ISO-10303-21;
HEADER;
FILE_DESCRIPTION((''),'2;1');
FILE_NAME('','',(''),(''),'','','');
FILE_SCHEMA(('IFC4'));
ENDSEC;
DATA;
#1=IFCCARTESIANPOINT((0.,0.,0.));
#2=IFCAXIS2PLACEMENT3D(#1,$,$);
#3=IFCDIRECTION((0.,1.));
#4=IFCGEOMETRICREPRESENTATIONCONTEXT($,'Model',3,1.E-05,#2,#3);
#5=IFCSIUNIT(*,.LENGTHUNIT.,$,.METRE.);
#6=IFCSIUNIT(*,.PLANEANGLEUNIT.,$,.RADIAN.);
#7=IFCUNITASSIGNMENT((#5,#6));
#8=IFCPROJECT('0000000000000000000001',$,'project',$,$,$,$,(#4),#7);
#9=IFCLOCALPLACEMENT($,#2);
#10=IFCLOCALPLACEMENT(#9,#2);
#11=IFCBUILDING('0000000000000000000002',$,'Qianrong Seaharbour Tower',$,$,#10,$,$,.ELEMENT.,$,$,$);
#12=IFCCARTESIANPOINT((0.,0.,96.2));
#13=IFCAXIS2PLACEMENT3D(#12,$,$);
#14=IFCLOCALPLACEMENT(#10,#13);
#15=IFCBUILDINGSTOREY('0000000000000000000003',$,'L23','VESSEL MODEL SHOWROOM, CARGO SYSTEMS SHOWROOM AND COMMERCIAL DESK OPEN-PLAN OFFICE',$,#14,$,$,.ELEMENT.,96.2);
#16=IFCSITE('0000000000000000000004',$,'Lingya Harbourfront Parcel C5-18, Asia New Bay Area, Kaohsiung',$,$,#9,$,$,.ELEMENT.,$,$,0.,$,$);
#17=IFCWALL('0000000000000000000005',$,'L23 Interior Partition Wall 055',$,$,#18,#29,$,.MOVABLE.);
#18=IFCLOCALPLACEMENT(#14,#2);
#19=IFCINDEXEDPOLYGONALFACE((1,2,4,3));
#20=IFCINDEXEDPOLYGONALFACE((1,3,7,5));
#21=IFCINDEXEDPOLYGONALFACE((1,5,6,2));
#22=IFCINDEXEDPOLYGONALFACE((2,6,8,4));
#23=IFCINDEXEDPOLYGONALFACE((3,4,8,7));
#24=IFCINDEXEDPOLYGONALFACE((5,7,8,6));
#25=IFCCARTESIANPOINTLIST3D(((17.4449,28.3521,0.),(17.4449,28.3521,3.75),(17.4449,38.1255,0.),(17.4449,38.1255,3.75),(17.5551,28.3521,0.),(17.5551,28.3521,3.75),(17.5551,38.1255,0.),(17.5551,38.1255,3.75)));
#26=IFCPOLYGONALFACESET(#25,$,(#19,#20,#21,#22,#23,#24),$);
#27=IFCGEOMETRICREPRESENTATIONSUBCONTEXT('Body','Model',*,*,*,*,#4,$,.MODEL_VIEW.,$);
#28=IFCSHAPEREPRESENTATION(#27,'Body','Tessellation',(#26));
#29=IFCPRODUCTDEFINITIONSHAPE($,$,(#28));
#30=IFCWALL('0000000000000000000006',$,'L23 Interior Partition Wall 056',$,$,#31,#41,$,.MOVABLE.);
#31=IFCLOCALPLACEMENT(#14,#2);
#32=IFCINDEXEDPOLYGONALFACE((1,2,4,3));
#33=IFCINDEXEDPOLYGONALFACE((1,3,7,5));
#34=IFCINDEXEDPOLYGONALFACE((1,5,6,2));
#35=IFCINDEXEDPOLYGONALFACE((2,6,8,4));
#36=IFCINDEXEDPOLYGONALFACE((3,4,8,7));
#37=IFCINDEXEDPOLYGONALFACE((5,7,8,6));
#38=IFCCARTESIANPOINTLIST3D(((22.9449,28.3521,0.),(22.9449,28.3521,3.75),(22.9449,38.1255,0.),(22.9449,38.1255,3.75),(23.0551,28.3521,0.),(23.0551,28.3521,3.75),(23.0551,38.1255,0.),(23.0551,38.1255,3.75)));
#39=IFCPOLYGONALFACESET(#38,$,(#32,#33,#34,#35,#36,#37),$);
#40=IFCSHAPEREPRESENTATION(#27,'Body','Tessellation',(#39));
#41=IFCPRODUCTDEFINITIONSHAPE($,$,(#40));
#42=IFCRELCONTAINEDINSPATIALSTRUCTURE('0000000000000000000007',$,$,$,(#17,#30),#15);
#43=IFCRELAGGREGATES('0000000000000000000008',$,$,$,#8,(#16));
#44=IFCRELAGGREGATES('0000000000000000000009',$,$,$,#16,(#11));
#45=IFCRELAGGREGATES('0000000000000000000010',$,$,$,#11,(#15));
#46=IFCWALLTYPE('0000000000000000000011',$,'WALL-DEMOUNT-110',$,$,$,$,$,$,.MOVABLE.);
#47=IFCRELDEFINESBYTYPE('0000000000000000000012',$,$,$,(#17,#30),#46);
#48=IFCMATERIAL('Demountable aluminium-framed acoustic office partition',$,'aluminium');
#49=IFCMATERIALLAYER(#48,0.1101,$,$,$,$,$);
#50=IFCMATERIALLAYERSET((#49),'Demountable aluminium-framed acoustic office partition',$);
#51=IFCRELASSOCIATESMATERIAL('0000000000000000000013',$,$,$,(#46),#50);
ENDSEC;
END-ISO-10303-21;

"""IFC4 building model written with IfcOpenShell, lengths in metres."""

from ifc_helpers import new_model, si_unit, direction, frame, frame_2d, origin, place, context, subcontext, project, spatial, rectangle, extrude, material, layer, layer_set, type_object, element, save


model = new_model("IFC4")

# Units and contexts
model_context = context("Model", 3, precision=1e-05, world=origin(), true_north=direction((0.0, 1.0)))
body_context = subcontext(model_context, "Body", "Model", "MODEL_VIEW")
ifc_project = project(units=[si_unit("LENGTHUNIT", "METRE"), si_unit("PLANEANGLEUNIT", "RADIAN")], contexts=[model_context])

# Site, building, storey
site_placement = place(None, origin())
site = spatial("IfcSite", under=ifc_project, at=site_placement, Name="Lingya Harbourfront Parcel C5-18, Asia New Bay Area, Kaohsiung", CompositionType="ELEMENT", RefElevation=0.0)
building_placement = place(site_placement, origin())
building = spatial("IfcBuilding", under=site, at=building_placement, Name="Qianrong Seaharbour Tower", CompositionType="ELEMENT")
storey_placement = place(building_placement, frame((0.0, 0.0, 96.2)))
storey = spatial("IfcBuildingStorey", under=building, at=storey_placement, Name="L23", Description="VESSEL MODEL SHOWROOM, CARGO SYSTEMS SHOWROOM AND COMMERCIAL DESK OPEN-PLAN OFFICE", CompositionType="ELEMENT", Elevation=96.2)

# Walls
ifc_material_1 = material(Name="Demountable aluminium-framed acoustic office partition", Category="aluminium")
ifc_layer_1 = layer(ifc_material_1, 0.1101)
ifc_layer_set_1 = layer_set([ifc_layer_1], Name="Demountable aluminium-framed acoustic office partition")
wall_type_1 = type_object("IfcWallType", Name="WALL-DEMOUNT-110", PredefinedType="MOVABLE", material=ifc_layer_set_1)
for number, where, z_axis, x_axis, name in (
    (1, (17.5, 38.1255, 0.0), (0.0, 0.0, 1.0), (0.0, -1.0, 0.0), "L23 Interior Partition Wall 055"),
    (2, (23.0, 38.1255, 0.0), (0.0, 0.0, 1.0), (0.0, -1.0, 0.0), "L23 Interior Partition Wall 056"),
):
    element("IfcWall", number, at=place(storey_placement, frame(where, z_axis=z_axis, x_axis=x_axis)), inside=storey, type_object=wall_type_1, Name=name, PredefinedType="MOVABLE", context=body_context, shape_type="SweptSolid", body=[
        extrude(rectangle(XDim=9.7734, YDim=0.1101, at=frame_2d((4.8867, 0.0))), origin(), (0.0, 0.0, 1.0), 3.75),
    ])

save(model, "model.ifc")
